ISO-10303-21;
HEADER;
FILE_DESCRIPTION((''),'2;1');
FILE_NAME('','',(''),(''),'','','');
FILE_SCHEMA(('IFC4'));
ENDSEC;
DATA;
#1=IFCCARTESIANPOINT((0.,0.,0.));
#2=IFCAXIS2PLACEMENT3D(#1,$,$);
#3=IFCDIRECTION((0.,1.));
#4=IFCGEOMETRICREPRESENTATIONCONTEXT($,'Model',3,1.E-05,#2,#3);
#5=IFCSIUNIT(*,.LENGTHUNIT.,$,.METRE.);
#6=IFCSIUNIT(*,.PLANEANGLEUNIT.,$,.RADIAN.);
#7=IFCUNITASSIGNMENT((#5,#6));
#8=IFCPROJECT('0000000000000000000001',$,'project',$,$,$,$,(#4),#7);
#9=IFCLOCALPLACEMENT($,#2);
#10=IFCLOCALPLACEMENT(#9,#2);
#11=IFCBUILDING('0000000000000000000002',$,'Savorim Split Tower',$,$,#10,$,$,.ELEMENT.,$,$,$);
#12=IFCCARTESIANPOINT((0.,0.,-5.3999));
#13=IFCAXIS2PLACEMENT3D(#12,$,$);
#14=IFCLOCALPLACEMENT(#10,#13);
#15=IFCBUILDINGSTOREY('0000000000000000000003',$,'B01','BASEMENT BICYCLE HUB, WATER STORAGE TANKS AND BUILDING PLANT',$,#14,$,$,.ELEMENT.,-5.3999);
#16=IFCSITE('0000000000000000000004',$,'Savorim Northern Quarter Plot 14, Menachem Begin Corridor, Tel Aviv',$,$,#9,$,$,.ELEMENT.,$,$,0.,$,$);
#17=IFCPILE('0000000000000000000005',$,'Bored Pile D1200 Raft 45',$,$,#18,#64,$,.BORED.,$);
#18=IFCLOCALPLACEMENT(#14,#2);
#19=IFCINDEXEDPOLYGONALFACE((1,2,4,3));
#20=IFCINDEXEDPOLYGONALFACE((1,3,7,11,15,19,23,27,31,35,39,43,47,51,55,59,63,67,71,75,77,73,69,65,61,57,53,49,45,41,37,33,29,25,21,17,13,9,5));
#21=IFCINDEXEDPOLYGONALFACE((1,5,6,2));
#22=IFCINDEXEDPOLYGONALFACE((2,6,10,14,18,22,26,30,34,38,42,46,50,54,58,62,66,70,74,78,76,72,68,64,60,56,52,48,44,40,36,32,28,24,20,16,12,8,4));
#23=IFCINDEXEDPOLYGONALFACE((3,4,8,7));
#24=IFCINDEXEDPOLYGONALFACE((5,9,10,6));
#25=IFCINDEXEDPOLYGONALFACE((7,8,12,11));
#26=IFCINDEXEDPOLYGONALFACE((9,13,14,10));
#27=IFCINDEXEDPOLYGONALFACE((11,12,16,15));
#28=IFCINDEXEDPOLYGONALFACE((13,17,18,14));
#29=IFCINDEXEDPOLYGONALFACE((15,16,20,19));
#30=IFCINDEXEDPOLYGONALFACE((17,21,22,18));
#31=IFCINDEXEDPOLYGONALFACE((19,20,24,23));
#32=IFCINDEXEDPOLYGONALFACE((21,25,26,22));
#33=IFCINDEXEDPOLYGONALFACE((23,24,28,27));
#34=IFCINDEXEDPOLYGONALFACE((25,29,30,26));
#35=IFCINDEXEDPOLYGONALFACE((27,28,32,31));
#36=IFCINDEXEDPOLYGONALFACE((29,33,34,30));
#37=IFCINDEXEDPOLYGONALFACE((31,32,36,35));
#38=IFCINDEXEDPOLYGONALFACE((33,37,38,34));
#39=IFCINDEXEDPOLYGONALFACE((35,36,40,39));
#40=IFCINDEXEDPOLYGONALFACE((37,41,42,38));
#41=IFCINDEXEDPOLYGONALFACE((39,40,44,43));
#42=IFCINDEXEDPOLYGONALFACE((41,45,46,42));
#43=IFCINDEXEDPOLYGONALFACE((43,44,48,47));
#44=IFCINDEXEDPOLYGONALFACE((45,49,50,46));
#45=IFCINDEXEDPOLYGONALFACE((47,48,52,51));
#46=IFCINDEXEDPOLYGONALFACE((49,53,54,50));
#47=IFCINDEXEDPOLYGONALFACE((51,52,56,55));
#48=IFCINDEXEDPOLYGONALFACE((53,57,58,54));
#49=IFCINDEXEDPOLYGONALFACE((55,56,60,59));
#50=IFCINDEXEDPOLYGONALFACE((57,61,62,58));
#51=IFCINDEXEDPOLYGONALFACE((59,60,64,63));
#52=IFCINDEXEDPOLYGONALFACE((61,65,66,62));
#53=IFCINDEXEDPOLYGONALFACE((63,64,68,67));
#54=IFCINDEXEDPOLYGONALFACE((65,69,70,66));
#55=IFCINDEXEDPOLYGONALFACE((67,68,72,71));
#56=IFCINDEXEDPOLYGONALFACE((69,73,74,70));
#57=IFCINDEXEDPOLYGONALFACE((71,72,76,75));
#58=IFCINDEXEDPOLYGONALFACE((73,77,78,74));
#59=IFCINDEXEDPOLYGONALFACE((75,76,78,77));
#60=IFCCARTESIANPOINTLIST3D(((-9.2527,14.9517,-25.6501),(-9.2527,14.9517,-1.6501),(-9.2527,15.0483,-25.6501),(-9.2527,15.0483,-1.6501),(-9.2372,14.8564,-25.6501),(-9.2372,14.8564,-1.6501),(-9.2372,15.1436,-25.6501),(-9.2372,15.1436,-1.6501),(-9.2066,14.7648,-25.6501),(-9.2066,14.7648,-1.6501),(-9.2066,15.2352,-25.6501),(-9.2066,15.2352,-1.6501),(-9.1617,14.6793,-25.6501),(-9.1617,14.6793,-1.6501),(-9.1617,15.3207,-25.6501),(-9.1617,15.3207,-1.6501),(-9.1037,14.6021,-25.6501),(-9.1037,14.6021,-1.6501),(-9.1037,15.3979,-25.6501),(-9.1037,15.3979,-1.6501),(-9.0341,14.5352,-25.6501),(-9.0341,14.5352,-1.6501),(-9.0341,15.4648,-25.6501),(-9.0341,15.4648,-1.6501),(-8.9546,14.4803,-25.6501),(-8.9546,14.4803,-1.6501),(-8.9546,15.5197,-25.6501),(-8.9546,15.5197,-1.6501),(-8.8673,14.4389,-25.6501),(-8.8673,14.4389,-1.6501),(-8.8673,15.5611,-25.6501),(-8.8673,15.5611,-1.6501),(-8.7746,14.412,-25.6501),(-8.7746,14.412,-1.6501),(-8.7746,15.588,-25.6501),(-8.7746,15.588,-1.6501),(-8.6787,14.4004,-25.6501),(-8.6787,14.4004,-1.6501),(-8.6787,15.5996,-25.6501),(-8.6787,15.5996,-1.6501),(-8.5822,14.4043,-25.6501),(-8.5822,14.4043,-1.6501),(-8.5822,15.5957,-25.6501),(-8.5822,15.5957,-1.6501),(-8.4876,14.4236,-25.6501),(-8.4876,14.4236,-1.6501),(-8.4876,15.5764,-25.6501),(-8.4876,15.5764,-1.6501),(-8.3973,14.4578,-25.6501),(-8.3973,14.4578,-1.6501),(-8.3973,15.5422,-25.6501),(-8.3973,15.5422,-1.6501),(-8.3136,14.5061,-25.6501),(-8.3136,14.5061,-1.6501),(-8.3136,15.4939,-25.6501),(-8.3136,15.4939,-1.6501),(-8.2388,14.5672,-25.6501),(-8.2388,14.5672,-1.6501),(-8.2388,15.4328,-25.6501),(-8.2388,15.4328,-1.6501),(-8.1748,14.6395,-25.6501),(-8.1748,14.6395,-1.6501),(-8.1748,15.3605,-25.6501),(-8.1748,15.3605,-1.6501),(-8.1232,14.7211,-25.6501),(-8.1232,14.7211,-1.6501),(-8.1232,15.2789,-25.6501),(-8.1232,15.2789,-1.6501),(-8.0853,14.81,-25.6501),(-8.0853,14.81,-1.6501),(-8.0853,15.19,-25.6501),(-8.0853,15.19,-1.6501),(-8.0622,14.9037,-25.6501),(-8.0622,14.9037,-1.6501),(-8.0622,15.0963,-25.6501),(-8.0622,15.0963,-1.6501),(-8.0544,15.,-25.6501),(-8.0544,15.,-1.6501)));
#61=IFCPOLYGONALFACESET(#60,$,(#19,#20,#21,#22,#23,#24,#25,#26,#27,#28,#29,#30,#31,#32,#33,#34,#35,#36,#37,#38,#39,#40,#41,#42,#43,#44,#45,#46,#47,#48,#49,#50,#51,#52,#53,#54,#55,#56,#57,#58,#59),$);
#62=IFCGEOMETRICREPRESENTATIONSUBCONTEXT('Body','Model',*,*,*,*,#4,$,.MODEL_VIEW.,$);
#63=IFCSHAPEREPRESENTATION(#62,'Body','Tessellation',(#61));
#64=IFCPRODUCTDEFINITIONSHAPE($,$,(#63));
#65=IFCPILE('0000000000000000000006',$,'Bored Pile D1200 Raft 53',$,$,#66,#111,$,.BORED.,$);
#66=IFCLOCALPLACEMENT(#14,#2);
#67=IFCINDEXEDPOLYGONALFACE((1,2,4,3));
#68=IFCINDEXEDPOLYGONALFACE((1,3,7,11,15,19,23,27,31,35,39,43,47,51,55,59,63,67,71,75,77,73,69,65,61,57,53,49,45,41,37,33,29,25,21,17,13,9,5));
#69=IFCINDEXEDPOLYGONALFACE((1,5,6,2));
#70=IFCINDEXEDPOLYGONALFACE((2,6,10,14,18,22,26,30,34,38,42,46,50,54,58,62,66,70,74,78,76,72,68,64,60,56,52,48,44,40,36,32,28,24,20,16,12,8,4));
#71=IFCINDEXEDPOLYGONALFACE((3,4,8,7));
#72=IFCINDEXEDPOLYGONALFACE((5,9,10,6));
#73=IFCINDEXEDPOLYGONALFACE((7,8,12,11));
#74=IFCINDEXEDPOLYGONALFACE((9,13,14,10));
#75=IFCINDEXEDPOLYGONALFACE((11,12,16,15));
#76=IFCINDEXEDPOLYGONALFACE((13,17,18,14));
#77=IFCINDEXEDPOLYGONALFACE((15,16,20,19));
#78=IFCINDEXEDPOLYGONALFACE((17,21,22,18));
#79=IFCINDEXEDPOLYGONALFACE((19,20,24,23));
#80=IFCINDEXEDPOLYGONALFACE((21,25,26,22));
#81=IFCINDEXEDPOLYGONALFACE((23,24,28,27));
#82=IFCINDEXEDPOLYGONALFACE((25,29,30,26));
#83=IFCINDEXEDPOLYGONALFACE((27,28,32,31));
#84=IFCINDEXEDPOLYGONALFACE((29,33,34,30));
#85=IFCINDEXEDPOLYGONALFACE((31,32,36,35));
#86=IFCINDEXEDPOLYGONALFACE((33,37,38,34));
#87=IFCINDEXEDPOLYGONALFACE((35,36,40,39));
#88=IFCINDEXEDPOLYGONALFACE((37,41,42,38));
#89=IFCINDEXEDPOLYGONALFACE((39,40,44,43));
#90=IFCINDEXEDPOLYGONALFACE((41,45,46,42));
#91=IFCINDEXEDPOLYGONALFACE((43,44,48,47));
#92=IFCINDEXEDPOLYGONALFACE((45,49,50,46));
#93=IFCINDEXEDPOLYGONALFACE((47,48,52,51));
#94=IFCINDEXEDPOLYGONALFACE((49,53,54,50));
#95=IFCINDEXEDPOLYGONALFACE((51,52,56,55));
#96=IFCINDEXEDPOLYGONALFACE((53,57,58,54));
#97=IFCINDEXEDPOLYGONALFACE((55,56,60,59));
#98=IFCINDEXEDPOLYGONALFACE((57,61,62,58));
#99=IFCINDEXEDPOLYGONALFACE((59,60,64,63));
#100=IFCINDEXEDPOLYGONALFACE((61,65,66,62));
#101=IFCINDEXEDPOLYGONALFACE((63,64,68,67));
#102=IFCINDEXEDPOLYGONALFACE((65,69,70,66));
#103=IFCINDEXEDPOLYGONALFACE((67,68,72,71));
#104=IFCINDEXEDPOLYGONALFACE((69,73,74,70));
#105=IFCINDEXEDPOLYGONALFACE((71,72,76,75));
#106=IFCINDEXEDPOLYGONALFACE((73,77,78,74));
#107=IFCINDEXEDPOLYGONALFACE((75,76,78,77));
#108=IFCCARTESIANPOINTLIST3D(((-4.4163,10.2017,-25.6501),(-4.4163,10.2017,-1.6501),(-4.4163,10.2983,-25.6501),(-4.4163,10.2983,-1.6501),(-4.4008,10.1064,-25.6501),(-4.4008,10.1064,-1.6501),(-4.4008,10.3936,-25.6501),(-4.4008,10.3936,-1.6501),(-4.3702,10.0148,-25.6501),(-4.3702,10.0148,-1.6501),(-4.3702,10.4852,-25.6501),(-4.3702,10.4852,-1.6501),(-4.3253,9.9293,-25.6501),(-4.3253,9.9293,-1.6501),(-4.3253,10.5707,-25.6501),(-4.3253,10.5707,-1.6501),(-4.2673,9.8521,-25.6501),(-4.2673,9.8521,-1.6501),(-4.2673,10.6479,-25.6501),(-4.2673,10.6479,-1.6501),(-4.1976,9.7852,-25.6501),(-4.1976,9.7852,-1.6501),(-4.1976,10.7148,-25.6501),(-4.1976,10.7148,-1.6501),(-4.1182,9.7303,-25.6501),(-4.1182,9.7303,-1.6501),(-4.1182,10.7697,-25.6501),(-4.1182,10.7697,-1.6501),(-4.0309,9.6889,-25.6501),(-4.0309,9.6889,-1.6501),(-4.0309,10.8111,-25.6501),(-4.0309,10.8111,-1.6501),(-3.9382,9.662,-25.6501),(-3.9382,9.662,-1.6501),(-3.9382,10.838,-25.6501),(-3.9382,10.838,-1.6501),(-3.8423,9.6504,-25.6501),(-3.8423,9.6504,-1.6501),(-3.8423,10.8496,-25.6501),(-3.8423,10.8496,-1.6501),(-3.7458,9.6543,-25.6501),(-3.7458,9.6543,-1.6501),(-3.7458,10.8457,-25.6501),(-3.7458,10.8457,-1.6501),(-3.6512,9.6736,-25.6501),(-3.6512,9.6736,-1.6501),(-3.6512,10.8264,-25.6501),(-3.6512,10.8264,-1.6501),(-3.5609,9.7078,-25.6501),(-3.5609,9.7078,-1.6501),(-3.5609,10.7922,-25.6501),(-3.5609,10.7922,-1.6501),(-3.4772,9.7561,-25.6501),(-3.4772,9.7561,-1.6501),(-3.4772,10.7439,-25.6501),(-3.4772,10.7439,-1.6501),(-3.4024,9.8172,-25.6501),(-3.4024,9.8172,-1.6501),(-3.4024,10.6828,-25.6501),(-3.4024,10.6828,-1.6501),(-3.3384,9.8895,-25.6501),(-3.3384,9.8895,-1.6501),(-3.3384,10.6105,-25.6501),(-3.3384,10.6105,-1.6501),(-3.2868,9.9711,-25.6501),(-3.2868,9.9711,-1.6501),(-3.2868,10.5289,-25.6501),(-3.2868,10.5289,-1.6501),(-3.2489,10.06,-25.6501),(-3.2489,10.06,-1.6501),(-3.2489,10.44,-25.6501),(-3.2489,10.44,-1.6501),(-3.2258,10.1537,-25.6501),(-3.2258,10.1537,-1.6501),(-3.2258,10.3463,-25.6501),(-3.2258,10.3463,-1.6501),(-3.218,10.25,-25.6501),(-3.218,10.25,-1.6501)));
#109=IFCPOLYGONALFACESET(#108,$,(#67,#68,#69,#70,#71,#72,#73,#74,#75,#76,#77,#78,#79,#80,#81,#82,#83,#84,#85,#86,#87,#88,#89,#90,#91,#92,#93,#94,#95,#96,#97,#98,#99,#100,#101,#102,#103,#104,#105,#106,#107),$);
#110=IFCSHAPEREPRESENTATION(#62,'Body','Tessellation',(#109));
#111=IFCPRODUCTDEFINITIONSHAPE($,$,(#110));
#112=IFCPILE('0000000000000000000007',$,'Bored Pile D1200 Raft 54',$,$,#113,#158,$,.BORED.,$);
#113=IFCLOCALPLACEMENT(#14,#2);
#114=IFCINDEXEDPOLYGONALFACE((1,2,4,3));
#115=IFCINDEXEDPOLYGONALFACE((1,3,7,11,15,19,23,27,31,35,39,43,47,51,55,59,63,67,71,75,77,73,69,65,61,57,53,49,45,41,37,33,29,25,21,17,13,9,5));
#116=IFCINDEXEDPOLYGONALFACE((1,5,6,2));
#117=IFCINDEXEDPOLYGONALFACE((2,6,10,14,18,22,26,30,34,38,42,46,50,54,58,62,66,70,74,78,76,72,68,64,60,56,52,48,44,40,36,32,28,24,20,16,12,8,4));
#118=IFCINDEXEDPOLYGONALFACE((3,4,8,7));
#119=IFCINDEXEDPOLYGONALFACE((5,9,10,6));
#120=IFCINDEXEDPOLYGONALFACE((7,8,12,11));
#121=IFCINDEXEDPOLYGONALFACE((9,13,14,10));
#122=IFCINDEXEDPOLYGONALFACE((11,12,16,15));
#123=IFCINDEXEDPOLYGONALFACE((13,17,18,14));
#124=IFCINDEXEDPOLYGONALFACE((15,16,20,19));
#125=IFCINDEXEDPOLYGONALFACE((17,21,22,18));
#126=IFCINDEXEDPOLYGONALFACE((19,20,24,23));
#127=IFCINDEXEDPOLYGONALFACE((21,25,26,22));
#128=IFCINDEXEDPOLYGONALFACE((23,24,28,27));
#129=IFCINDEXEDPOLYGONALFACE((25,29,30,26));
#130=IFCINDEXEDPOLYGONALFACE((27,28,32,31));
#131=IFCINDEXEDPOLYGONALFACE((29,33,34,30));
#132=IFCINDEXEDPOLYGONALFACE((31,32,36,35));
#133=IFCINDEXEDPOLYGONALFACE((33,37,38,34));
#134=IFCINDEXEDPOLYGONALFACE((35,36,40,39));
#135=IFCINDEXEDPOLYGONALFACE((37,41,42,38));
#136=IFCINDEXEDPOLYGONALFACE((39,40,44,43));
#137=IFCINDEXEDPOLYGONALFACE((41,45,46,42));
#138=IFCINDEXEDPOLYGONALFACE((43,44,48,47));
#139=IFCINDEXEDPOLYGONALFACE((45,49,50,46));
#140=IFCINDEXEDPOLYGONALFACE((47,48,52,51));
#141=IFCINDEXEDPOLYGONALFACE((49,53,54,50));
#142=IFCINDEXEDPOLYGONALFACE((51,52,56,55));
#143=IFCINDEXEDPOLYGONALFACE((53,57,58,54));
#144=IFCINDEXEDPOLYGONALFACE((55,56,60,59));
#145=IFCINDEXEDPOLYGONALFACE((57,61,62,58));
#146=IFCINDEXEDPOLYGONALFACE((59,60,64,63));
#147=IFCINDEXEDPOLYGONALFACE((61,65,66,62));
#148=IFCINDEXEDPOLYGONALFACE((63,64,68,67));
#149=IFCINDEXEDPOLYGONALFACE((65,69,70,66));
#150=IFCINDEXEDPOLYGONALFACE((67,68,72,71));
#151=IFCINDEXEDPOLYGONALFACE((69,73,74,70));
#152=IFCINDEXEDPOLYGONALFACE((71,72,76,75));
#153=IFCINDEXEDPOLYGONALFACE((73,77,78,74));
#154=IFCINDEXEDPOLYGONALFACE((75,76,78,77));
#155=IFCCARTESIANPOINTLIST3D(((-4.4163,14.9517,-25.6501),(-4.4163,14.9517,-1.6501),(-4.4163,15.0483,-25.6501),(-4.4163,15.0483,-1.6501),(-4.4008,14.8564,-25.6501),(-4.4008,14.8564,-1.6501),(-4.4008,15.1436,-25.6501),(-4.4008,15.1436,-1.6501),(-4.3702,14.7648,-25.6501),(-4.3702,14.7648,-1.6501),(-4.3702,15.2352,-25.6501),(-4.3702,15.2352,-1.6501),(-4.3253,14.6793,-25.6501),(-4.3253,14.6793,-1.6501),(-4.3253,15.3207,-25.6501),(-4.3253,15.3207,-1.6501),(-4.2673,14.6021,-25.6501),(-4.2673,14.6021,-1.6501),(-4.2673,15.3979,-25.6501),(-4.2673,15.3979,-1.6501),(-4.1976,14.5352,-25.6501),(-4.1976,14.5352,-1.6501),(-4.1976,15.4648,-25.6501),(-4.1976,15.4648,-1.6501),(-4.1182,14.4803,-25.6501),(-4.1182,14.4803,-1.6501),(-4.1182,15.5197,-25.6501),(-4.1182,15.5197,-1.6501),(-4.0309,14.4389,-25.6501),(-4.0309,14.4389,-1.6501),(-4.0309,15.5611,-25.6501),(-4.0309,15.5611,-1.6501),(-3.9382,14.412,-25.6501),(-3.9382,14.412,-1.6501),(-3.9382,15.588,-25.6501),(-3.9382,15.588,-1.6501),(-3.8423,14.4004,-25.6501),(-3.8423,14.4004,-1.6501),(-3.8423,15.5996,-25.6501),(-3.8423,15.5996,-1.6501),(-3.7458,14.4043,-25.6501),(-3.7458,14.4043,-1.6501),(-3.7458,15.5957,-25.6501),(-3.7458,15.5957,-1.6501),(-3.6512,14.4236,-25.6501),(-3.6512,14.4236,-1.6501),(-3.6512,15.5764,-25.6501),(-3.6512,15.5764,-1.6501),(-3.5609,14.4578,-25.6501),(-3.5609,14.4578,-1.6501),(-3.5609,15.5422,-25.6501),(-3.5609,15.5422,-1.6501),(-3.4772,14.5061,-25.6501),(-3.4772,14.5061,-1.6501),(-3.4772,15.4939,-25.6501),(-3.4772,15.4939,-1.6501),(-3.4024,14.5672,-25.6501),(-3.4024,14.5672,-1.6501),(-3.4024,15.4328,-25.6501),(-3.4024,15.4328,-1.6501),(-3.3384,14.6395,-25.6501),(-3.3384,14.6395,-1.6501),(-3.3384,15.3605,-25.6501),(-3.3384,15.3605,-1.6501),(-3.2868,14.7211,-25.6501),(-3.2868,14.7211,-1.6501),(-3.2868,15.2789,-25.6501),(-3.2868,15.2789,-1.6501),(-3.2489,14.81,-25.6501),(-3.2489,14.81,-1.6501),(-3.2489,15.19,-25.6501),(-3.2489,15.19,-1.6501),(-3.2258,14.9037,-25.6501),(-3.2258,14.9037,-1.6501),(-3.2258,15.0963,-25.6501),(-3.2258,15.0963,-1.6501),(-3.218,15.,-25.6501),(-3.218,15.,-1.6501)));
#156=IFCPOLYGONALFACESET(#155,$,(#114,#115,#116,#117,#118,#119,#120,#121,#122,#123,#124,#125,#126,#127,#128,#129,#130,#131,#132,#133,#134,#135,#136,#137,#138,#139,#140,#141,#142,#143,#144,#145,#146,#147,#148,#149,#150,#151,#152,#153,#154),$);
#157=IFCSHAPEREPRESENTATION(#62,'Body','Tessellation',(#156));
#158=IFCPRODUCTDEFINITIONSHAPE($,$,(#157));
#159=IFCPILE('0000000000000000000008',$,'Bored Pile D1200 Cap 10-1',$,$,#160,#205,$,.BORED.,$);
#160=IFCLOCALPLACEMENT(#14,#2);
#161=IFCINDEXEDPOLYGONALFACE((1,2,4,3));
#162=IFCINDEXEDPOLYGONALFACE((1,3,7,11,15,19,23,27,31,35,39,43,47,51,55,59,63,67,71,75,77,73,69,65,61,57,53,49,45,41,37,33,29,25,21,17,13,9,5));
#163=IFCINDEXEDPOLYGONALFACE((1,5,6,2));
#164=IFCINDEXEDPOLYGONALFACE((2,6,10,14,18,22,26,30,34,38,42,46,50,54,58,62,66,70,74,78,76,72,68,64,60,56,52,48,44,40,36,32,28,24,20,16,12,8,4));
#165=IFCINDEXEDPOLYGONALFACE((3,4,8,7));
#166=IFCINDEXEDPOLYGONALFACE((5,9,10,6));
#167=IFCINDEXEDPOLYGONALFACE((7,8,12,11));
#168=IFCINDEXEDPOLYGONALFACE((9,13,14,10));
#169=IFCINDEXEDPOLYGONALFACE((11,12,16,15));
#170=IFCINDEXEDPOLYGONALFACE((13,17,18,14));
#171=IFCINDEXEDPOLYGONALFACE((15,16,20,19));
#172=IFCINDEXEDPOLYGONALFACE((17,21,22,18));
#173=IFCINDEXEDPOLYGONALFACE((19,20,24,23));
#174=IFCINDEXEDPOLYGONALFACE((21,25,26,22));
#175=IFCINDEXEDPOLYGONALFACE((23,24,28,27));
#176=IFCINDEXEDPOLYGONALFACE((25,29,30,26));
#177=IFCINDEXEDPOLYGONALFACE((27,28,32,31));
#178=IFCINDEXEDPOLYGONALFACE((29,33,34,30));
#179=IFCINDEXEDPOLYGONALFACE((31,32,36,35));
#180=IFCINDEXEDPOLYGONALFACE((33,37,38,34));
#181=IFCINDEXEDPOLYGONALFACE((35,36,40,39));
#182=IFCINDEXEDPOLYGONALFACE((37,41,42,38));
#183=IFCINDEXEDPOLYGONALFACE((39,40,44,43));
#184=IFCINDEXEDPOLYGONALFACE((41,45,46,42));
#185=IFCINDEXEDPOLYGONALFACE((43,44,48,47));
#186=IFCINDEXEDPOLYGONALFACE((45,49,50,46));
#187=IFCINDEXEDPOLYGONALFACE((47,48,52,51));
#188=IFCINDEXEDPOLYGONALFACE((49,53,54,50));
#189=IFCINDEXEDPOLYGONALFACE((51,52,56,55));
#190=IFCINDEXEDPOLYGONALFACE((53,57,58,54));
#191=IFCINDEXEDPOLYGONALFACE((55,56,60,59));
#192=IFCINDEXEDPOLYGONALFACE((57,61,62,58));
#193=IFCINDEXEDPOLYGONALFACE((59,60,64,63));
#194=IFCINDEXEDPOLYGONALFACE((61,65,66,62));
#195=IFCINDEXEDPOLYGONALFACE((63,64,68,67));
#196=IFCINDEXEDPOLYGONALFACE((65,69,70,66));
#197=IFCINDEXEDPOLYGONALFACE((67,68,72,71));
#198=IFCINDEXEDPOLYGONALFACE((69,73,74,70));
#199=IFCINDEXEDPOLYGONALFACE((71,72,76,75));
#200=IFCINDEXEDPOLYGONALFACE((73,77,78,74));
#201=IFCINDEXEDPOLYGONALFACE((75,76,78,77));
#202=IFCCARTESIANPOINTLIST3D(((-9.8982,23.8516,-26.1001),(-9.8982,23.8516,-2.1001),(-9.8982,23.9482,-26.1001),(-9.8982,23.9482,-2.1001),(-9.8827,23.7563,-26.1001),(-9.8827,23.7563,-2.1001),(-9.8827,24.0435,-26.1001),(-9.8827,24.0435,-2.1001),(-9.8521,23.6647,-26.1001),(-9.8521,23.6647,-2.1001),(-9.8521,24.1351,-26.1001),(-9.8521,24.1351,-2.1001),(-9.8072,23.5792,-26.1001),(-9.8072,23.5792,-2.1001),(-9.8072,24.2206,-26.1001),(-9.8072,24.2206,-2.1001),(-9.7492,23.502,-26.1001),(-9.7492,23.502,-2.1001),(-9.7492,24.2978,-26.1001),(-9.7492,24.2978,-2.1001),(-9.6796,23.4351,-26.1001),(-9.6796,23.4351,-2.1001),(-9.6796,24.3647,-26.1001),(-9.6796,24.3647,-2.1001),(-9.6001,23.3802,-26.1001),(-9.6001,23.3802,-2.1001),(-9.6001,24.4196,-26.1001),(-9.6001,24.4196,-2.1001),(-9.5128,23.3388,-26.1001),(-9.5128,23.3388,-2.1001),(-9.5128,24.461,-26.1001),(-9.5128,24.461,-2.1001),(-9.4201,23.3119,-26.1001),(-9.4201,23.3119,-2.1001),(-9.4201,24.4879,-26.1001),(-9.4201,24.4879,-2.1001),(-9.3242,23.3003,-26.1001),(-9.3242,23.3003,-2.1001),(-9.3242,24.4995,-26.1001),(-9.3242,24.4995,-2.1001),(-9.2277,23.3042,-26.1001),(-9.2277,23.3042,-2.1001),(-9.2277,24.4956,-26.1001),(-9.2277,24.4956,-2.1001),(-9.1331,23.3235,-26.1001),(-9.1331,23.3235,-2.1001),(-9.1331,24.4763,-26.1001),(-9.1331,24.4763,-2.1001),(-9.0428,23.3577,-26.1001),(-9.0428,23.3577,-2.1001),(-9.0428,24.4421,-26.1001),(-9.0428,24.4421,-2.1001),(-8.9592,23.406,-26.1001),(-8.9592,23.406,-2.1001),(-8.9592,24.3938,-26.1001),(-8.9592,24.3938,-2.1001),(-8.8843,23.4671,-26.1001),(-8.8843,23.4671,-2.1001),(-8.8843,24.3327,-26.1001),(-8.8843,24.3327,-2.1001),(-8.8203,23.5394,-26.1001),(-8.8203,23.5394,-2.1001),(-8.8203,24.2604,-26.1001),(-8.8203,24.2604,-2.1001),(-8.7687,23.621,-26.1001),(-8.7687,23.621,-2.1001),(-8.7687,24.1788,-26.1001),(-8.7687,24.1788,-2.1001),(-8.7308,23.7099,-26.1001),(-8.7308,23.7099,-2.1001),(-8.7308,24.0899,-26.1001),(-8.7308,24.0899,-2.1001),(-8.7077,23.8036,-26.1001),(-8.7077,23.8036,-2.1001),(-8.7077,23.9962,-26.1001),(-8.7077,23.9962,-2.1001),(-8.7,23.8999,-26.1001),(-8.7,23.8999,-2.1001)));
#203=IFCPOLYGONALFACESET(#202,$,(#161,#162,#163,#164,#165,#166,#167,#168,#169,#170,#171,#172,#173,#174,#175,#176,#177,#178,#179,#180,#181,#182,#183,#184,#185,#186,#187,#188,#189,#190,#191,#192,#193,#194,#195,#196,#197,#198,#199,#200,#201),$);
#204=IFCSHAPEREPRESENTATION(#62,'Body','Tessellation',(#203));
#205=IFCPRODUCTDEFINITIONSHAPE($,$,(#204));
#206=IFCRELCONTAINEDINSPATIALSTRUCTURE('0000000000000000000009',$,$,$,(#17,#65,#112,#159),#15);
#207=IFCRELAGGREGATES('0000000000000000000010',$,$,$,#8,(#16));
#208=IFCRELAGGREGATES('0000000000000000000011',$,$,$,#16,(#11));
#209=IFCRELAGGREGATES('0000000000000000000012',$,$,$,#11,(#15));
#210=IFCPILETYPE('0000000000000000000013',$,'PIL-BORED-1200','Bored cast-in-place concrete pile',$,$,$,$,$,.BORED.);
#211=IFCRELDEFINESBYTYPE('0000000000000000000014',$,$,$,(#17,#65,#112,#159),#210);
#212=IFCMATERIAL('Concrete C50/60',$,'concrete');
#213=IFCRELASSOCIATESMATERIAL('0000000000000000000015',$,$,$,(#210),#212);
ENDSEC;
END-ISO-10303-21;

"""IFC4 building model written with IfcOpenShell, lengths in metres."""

from ifc_helpers import new_model, si_unit, direction, frame, origin, origin_2d, place, context, subcontext, project, spatial, circle, extrude, material, material_profile, profile_set, type_object, element, save


model = new_model("IFC4")

# Units and contexts
model_context = context("Model", 3, precision=1e-05, world=origin(), true_north=direction((0.0, 1.0)))
body_context = subcontext(model_context, "Body", "Model", "MODEL_VIEW")
ifc_project = project(units=[si_unit("LENGTHUNIT", "METRE"), si_unit("PLANEANGLEUNIT", "RADIAN")], contexts=[model_context])

# Site, building, storey
site_placement = place(None, origin())
site = spatial("IfcSite", under=ifc_project, at=site_placement, Name="Savorim Northern Quarter Plot 14, Menachem Begin Corridor, Tel Aviv", CompositionType="ELEMENT", RefElevation=0.0)
building_placement = place(site_placement, origin())
building = spatial("IfcBuilding", under=site, at=building_placement, Name="Savorim Split Tower", CompositionType="ELEMENT")
storey_placement = place(building_placement, frame((0.0, 0.0, -5.3999)))
storey = spatial("IfcBuildingStorey", under=building, at=storey_placement, Name="B01", Description="BASEMENT BICYCLE HUB, WATER STORAGE TANKS AND BUILDING PLANT", CompositionType="ELEMENT", Elevation=-5.3999)

# Shared definitions
ifc_material_1 = material(Name="Concrete C50/60", Category="concrete")

# Piles
ifc_material_profile_1 = material_profile(ifc_material_1, circle(Radius=0.6001, at=origin_2d()), Name="PILE D1200")
ifc_profile_set_1 = profile_set([ifc_material_profile_1], Name="Concrete C50/60")
pile_type = type_object("IfcPileType", Name="PIL-BORED-1200", Description="Bored cast-in-place concrete pile", PredefinedType="BORED", material=ifc_profile_set_1)
for number, where, z_axis, x_axis, name in (
    (1, (-8.6545, 15.0, -1.6501), (0.0, 0.0, -1.0), (1.0, 0.0, 0.0), "Bored Pile D1200 Raft 45"),
    (2, (-3.8181, 10.25, -1.6501), (0.0, 0.0, -1.0), (1.0, 0.0, 0.0), "Bored Pile D1200 Raft 53"),
    (3, (-3.8181, 15.0, -1.6501), (0.0, 0.0, -1.0), (1.0, 0.0, 0.0), "Bored Pile D1200 Raft 54"),
    (4, (-9.3, 23.8999, -2.1001), (0.0, 0.0, -1.0), (1.0, 0.0, 0.0), "Bored Pile D1200 Cap 10-1"),
):
    element("IfcPile", number, at=place(storey_placement, frame(where, z_axis=z_axis, x_axis=x_axis)), inside=storey, type_object=pile_type, Name=name, PredefinedType="BORED", context=body_context, shape_type="SweptSolid", body=[
        extrude(circle(Radius=0.6001, at=origin_2d()), origin(), (0.0, 0.0, 1.0), 24.0),
    ])

save(model, "model.ifc")
